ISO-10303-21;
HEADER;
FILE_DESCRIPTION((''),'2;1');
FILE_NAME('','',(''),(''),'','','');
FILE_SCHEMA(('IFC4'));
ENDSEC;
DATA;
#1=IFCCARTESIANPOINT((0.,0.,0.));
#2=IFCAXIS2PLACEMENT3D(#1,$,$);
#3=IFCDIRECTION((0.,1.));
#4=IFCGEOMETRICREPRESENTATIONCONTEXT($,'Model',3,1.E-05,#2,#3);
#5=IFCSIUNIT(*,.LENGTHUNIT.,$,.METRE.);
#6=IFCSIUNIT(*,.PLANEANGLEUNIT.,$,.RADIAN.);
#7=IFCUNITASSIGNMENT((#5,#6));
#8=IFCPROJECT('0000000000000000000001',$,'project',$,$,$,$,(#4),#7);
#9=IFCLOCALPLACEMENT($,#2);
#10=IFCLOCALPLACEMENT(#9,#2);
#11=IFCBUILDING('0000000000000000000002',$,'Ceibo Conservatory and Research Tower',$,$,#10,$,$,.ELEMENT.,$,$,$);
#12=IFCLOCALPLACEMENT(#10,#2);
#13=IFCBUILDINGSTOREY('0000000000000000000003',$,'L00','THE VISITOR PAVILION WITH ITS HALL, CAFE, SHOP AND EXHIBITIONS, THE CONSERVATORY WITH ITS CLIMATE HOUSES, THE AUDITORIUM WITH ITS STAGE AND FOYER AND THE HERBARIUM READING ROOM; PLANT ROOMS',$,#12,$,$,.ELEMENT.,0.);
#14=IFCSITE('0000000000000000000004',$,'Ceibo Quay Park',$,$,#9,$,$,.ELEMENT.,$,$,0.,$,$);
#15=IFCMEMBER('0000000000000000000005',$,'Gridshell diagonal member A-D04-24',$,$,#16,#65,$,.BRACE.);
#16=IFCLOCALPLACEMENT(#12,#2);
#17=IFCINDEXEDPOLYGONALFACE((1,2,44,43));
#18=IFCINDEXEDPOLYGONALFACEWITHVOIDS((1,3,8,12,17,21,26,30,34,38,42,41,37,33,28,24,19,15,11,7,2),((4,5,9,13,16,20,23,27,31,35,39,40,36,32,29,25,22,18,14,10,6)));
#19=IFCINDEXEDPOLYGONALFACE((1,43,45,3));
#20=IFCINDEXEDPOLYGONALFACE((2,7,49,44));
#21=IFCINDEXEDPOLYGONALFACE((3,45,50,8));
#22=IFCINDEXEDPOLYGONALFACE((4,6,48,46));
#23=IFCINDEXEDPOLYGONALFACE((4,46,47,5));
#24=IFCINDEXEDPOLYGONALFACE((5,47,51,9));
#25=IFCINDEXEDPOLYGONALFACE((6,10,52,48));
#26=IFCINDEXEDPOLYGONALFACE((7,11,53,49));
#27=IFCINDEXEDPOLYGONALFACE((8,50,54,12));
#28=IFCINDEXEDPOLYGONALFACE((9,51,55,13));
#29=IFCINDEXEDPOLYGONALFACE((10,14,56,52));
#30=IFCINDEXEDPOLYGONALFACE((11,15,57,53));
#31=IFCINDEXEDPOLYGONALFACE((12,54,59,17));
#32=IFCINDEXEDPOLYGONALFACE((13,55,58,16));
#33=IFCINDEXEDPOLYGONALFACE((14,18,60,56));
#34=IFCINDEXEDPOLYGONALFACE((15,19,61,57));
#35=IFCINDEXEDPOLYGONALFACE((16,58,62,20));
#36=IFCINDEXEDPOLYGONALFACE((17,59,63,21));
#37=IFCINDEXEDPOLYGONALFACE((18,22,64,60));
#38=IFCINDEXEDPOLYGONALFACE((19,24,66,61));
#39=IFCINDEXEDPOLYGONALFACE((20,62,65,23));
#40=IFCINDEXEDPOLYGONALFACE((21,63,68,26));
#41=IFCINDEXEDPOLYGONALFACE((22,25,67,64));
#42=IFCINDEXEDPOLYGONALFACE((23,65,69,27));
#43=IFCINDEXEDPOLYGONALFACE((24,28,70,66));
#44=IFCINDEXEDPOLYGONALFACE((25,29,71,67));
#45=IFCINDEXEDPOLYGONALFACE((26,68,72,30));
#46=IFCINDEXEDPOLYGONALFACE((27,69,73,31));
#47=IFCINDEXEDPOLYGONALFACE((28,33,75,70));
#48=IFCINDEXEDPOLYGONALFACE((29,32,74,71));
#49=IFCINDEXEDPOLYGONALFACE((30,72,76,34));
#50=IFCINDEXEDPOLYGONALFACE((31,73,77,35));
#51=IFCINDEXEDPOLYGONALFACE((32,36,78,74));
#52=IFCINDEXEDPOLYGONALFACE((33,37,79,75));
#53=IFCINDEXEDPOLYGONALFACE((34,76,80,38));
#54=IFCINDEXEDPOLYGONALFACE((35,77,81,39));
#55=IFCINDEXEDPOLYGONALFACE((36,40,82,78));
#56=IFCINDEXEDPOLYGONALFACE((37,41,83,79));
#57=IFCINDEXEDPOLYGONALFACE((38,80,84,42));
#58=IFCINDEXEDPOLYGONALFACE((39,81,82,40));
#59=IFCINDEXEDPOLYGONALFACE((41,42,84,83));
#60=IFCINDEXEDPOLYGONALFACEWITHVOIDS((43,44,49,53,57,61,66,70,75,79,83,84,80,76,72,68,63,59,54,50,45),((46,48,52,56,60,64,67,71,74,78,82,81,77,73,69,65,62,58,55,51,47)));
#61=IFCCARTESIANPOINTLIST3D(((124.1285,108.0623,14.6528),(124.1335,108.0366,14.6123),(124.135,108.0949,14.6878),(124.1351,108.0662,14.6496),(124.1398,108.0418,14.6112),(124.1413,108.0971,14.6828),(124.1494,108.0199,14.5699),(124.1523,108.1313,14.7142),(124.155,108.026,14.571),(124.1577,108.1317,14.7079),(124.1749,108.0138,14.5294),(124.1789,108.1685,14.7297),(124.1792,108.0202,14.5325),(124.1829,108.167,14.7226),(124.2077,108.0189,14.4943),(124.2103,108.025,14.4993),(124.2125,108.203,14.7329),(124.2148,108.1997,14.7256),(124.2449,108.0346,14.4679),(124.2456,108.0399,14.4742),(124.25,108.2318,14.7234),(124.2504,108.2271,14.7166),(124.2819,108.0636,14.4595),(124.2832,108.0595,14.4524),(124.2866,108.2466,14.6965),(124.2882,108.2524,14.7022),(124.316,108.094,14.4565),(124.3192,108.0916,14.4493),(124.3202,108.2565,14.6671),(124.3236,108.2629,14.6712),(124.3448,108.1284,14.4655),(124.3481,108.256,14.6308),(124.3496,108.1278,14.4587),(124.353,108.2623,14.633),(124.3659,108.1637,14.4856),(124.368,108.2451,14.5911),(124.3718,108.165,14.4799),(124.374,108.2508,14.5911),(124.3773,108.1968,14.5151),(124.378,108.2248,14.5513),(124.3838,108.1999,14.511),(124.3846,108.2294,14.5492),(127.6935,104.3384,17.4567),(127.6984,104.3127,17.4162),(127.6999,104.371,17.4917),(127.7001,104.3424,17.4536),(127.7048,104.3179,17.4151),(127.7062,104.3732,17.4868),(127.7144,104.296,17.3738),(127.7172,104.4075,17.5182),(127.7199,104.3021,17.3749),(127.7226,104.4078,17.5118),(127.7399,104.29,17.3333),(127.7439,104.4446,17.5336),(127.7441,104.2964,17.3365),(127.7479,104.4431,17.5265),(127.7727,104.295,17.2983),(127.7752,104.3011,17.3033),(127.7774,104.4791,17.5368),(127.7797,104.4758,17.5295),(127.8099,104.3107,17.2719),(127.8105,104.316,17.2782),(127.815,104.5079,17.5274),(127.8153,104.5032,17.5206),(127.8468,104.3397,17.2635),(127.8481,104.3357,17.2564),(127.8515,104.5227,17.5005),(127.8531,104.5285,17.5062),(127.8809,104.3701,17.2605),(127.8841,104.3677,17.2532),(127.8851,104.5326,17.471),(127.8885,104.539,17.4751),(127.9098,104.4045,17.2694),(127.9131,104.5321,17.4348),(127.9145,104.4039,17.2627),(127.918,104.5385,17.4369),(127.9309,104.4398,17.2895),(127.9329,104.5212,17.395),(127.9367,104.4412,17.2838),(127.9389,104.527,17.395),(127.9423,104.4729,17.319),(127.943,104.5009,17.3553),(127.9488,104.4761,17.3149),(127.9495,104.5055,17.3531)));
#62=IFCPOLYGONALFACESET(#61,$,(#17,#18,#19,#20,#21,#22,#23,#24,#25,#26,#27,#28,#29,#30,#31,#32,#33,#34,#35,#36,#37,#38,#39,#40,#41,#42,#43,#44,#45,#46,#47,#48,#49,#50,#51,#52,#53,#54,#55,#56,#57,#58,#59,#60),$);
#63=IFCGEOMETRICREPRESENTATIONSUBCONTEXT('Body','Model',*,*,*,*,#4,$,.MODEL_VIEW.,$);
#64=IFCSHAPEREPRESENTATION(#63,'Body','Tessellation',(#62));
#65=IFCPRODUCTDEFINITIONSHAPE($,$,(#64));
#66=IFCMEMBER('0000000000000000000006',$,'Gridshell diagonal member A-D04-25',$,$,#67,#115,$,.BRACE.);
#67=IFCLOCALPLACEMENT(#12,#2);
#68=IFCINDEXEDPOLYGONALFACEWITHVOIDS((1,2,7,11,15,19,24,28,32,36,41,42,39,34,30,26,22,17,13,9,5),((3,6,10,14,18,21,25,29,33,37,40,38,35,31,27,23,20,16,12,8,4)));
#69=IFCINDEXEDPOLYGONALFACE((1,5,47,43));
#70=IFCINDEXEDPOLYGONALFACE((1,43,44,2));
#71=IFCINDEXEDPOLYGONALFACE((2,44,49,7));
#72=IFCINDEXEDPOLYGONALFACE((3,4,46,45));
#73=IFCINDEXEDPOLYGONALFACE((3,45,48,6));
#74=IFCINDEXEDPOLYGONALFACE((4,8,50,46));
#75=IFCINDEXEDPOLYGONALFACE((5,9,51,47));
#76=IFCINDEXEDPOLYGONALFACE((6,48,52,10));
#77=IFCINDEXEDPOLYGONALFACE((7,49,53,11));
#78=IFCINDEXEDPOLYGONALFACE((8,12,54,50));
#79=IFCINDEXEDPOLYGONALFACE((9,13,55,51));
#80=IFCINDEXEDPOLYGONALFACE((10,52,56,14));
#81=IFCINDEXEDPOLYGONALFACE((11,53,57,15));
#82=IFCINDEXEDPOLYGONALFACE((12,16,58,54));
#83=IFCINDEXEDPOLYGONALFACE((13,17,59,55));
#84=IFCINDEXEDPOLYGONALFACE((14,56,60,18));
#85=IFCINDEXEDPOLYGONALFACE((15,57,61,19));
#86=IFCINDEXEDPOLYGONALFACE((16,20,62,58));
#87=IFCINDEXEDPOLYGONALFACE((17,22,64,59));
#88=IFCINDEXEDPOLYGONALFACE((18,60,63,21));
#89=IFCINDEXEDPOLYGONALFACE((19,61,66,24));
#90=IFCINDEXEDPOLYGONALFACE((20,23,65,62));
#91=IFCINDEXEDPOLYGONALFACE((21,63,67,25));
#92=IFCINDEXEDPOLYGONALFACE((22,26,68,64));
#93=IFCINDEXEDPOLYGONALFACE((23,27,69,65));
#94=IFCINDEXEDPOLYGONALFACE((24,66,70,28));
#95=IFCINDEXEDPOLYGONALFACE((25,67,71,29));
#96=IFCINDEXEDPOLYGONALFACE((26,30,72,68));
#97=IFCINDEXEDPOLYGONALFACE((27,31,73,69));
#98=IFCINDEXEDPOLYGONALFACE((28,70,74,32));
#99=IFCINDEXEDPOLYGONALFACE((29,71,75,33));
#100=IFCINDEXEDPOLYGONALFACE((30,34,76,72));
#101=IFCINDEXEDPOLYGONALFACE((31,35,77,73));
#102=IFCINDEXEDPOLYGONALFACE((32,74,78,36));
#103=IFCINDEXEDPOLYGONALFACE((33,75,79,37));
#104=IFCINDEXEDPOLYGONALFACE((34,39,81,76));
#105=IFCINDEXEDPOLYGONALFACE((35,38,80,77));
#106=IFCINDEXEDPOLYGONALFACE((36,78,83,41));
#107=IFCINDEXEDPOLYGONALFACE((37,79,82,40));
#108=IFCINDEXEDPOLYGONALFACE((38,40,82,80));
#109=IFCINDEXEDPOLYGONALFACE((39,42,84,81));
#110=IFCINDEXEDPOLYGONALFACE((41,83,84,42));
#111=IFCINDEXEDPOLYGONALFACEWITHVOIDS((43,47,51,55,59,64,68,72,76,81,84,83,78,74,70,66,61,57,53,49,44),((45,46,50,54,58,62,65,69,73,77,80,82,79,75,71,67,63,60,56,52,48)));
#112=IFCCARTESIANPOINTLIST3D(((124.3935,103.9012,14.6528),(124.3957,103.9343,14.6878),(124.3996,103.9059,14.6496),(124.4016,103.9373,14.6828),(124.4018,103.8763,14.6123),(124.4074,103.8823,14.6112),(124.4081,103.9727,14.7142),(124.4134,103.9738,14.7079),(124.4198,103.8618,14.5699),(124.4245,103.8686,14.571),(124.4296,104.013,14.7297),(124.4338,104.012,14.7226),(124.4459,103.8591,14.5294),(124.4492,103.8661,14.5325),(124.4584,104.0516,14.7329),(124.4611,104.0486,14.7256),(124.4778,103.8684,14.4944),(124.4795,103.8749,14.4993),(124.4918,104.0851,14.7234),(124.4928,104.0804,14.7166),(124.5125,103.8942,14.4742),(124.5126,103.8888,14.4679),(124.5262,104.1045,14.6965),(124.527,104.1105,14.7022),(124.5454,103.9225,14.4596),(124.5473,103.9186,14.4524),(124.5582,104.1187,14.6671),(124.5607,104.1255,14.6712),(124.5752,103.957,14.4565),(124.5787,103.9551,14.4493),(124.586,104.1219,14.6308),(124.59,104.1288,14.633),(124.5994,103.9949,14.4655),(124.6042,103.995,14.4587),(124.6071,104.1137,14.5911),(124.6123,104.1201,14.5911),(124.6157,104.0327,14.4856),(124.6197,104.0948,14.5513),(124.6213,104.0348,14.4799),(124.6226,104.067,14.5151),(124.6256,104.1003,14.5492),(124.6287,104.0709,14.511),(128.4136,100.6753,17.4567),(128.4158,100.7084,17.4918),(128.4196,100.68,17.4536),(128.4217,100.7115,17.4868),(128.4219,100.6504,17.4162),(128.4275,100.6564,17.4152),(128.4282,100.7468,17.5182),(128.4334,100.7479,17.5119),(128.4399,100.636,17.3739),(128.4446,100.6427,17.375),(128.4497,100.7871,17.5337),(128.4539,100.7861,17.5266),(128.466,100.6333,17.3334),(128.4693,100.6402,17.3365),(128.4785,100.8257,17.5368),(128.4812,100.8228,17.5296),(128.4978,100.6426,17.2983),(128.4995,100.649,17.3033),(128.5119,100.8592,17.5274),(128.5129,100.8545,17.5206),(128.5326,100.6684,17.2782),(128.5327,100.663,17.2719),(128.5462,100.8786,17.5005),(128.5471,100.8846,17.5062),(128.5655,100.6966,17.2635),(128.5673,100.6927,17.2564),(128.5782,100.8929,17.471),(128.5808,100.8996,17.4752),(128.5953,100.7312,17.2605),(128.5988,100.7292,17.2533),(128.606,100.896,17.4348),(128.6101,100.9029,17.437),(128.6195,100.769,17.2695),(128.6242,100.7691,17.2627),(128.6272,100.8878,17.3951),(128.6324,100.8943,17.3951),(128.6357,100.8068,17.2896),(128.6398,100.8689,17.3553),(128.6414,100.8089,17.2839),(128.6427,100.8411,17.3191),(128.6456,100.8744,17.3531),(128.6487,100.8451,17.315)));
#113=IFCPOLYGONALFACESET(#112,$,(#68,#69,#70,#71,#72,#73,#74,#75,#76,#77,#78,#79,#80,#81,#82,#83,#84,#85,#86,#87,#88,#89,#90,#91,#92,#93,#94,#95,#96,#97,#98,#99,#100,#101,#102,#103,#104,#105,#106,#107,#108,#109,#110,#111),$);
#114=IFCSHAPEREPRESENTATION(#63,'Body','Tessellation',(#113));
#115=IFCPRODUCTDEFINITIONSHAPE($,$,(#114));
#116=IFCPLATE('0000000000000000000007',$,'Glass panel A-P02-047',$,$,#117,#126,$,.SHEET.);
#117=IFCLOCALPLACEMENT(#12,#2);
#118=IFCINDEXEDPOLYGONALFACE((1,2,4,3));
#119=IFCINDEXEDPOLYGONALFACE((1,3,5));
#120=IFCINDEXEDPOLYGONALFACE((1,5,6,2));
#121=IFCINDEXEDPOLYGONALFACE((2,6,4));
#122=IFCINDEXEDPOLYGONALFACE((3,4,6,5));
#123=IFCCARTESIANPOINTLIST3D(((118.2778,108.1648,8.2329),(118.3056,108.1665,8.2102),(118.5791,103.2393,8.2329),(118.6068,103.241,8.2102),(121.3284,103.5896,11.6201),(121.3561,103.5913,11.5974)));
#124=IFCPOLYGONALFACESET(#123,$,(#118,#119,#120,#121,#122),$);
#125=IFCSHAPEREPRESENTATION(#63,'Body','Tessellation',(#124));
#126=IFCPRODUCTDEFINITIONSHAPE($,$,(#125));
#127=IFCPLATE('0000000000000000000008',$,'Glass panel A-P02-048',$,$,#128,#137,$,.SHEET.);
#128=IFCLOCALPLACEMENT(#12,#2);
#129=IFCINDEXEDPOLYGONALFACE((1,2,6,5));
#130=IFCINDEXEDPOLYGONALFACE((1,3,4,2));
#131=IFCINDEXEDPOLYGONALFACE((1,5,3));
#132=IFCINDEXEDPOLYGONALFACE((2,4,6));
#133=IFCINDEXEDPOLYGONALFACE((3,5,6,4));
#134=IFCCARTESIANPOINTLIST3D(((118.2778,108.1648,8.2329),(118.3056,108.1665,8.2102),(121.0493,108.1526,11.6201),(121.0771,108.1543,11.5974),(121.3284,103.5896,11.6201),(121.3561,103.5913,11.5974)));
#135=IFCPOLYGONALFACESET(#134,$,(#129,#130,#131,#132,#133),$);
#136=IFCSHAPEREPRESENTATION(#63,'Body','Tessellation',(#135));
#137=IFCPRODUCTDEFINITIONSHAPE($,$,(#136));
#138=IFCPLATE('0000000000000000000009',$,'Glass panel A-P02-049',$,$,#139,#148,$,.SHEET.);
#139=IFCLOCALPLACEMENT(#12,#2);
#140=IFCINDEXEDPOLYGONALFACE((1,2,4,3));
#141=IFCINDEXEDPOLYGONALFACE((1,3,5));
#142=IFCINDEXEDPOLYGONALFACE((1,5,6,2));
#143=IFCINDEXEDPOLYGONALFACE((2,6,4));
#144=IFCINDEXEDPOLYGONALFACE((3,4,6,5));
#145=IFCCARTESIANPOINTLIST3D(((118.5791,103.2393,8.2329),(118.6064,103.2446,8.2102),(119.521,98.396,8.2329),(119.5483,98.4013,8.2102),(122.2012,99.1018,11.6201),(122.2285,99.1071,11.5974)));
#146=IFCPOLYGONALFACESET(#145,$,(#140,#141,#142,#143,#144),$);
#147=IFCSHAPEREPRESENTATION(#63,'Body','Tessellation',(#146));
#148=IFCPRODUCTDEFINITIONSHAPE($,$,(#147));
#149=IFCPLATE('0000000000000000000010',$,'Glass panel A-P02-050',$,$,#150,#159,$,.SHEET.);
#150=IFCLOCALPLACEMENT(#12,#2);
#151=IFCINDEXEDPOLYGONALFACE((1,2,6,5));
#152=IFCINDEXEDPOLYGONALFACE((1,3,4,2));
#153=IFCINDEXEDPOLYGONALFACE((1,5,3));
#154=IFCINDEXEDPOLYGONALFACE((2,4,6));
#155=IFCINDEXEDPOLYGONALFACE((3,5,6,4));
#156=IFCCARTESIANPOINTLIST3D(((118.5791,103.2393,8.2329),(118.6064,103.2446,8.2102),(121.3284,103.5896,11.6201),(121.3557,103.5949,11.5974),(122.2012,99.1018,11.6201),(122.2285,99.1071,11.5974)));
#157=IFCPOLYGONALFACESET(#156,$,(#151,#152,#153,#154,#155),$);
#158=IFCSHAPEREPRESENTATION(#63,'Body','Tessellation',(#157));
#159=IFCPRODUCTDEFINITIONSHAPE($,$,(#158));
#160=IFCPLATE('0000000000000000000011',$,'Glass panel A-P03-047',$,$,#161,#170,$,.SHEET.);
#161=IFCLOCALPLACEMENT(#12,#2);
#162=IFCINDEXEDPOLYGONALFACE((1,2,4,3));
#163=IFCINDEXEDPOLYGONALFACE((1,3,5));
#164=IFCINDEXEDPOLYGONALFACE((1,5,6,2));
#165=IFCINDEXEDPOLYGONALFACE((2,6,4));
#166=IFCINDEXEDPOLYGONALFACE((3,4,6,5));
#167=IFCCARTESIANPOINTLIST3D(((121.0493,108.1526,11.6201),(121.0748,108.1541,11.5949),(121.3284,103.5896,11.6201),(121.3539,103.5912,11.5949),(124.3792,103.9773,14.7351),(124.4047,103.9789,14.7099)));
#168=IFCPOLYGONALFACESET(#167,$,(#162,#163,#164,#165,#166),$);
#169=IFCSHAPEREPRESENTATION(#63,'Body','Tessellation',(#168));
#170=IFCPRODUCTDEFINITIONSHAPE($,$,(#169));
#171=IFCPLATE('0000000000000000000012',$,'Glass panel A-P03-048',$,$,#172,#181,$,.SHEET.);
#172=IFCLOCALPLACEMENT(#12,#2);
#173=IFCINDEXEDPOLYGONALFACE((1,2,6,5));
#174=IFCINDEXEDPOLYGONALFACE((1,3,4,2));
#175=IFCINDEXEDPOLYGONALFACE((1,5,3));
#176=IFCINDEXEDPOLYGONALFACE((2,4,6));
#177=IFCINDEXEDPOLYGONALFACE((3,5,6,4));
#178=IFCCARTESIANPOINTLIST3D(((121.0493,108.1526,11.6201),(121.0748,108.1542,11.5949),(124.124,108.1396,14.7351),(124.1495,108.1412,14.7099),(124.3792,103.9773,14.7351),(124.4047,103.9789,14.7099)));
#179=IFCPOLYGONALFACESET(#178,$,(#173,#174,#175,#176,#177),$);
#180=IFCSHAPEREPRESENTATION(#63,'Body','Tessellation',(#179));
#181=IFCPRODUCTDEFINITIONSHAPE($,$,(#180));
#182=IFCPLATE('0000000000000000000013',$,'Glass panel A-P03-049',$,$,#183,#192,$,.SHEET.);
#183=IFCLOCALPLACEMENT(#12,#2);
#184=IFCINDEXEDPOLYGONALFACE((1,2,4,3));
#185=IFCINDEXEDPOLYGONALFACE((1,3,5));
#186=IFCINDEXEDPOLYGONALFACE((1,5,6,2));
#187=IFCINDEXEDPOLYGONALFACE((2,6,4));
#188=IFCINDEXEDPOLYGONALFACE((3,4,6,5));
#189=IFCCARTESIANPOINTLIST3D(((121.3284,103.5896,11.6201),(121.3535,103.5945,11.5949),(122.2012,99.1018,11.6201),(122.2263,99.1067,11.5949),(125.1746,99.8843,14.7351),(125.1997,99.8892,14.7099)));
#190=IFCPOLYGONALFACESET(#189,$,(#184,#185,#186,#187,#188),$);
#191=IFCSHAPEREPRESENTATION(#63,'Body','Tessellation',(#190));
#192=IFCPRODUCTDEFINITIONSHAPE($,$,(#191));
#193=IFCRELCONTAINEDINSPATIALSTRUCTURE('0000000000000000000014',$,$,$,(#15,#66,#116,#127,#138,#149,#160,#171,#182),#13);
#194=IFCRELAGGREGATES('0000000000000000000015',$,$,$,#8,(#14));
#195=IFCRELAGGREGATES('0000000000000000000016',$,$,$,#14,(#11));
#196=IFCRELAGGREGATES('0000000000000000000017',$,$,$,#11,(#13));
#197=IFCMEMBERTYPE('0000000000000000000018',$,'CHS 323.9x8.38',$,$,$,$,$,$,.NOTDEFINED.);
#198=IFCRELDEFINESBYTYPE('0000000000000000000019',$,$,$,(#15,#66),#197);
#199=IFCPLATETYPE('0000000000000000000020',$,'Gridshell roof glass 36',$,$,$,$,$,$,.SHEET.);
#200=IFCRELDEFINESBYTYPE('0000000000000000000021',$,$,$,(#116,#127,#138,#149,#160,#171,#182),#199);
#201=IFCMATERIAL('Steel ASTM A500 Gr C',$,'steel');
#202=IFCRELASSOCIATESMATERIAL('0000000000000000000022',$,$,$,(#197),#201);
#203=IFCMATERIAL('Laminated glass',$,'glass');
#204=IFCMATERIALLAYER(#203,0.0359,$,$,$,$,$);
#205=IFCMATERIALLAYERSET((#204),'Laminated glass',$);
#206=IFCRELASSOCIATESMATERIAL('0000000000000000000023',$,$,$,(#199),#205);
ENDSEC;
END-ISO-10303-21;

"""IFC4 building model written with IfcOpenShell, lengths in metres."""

from ifc_helpers import new_model, si_unit, direction, frame, origin, origin_2d, place, context, subcontext, project, spatial, polyline, hollow_circle, outline, extrude, material, layer, layer_set, material_profile, profile_set, type_object, element, save


model = new_model("IFC4")

# Units and contexts
model_context = context("Model", 3, precision=1e-05, world=origin(), true_north=direction((0.0, 1.0)))
body_context = subcontext(model_context, "Body", "Model", "MODEL_VIEW")
ifc_project = project(units=[si_unit("LENGTHUNIT", "METRE"), si_unit("PLANEANGLEUNIT", "RADIAN")], contexts=[model_context])

# Site, building, storey
site_placement = place(None, origin())
site = spatial("IfcSite", under=ifc_project, at=site_placement, Name="Ceibo Quay Park", CompositionType="ELEMENT", RefElevation=0.0)
building_placement = place(site_placement, origin())
building = spatial("IfcBuilding", under=site, at=building_placement, Name="Ceibo Conservatory and Research Tower", CompositionType="ELEMENT")
storey_placement = place(building_placement, origin())
storey = spatial("IfcBuildingStorey", under=building, at=storey_placement, Name="L00", Description="THE VISITOR PAVILION WITH ITS HALL, CAFE, SHOP AND EXHIBITIONS, THE CONSERVATORY WITH ITS CLIMATE HOUSES, THE AUDITORIUM WITH ITS STAGE AND FOYER AND THE HERBARIUM READING ROOM; PLANT ROOMS", CompositionType="ELEMENT", Elevation=0.0)

# Members
ifc_material_1 = material(Name="Steel ASTM A500 Gr C", Category="steel")
ifc_material_profile_1 = material_profile(ifc_material_1, hollow_circle(Radius=0.1619, WallThickness=0.0083, at=origin_2d()), Name="CHS 323.9x8.38")
ifc_profile_set_1 = profile_set([ifc_material_profile_1], Name="Steel ASTM A500 Gr C")
member_type_1 = type_object("IfcMemberType", Name="CHS 323.9x8.38", PredefinedType="NOTDEFINED", material=ifc_profile_set_1)
member_1_placement = place(storey_placement, frame((124.2571, 108.1389, 14.5911), z_axis=(0.60748, -0.634563, 0.477805), x_axis=(0.722354, 0.691524, 0.0)))
element("IfcMember", 1, at=member_1_placement, inside=storey, type_object=member_type_1, Name="Gridshell diagonal member A-D04-24", PredefinedType="BRACE", context=body_context, shape_type="SweptSolid", body=[
    extrude(hollow_circle(Radius=0.1619, WallThickness=0.0083, at=origin_2d()), origin(), (0.0, 0.0, 1.0), 5.8684),
])
member_2_placement = place(storey_placement, frame((124.511, 103.9939, 14.5911), z_axis=(0.685122, -0.54977, 0.477871), x_axis=(0.625855, 0.779939, 0.0)))
element("IfcMember", 2, at=member_2_placement, inside=storey, type_object=member_type_1, Name="Gridshell diagonal member A-D04-25", PredefinedType="BRACE", context=body_context, shape_type="SweptSolid", body=[
    extrude(hollow_circle(Radius=0.1619, WallThickness=0.0083, at=origin_2d()), origin(), (0.0, 0.0, 1.0), 5.8677),
])

# Plates
ifc_material_2 = material(Name="Laminated glass", Category="glass")
ifc_layer = layer(ifc_material_2, 0.0359)
ifc_layer_set = layer_set([ifc_layer], Name="Laminated glass")
plate_type = type_object("IfcPlateType", Name="Gridshell roof glass 36", PredefinedType="SHEET", material=ifc_layer_set)
plate_1_placement = place(storey_placement, frame((118.2778, 108.1648, 8.2329), z_axis=(-0.773165, -0.04729, 0.63244), x_axis=(0.061051, -0.998135, 0.0)))
element("IfcPlate", 3, at=plate_1_placement, inside=storey, type_object=plate_type, Name="Glass panel A-P02-047", PredefinedType="SHEET", context=body_context, shape_type="SweptSolid", body=[
    extrude(outline(polyline([(0.0, 0.0), (4.9347, 0.0), (4.7529, 4.3728), (0.0, 0.0)])), origin(), (0.0, 0.0, -1.0), 0.0359),
])
plate_2_placement = place(storey_placement, frame((118.2778, 108.1648, 8.2329), z_axis=(-0.77316, -0.047283, 0.632446), x_axis=(0.472334, -0.708406, 0.524463)))
element("IfcPlate", 4, at=plate_2_placement, inside=storey, type_object=plate_type, Name="Glass panel A-P02-048", PredefinedType="SHEET", context=body_context, shape_type="SweptSolid", body=[
    extrude(outline(polyline([(0.0, 0.0), (6.4584, 0.0), (3.0942, 3.0952), (0.0, 0.0)])), origin(), (0.0, 0.0, -1.0), 0.0359),
])
plate_3_placement = place(storey_placement, frame((118.5791, 103.2393, 8.2329), z_axis=(-0.760354, -0.14787, 0.632453), x_axis=(0.190899, -0.98161, 0.0)))
element("IfcPlate", 5, at=plate_3_placement, inside=storey, type_object=plate_type, Name="Glass panel A-P02-049", PredefinedType="SHEET", context=body_context, shape_type="SweptSolid", body=[
    extrude(outline(polyline([(0.0, 0.0), (4.934, 0.0), (4.7528, 4.3729), (0.0, 0.0)])), origin(), (0.0, 0.0, -1.0), 0.0359),
])
plate_4_placement = place(storey_placement, frame((118.5791, 103.2393, 8.2329), z_axis=(-0.760357, -0.147877, 0.632448), x_axis=(0.56083, -0.64063, 0.524464)))
element("IfcPlate", 6, at=plate_4_placement, inside=storey, type_object=plate_type, Name="Glass panel A-P02-050", PredefinedType="SHEET", context=body_context, shape_type="SweptSolid", body=[
    extrude(outline(polyline([(0.0, 0.0), (6.4584, 0.0), (3.0939, 3.0955), (0.0, 0.0)])), origin(), (0.0, 0.0, -1.0), 0.0359),
])
plate_5_placement = place(storey_placement, frame((121.0493, 108.1526, 11.6201), z_axis=(-0.711045, -0.043484, 0.701801), x_axis=(0.061042, -0.998135, 0.0)))
element("IfcPlate", 7, at=plate_5_placement, inside=storey, type_object=plate_type, Name="Glass panel A-P03-047", PredefinedType="SHEET", context=body_context, shape_type="SweptSolid", body=[
    extrude(outline(polyline([(0.0, 0.0), (4.5715, 0.0), (4.3708, 4.3727), (0.0, 0.0)])), origin(), (0.0, 0.0, -1.0), 0.0359),
])
plate_6_placement = place(storey_placement, frame((121.0493, 108.1526, 11.6201), z_axis=(-0.711108, -0.043587, 0.701731), x_axis=(0.538585, -0.675334, 0.503835)))
element("IfcPlate", 8, at=plate_6_placement, inside=storey, type_object=plate_type, Name="Glass panel A-P03-048", PredefinedType="SHEET", context=body_context, shape_type="SweptSolid", body=[
    extrude(outline(polyline([(0.0, 0.0), (6.1826, 0.0), (3.2342, 2.9491), (0.0, 0.0)])), origin(), (0.0, 0.0, -1.0), 0.0359),
])
plate_7_placement = place(storey_placement, frame((121.3284, 103.5896, 11.6201), z_axis=(-0.699348, -0.136012, 0.701722), x_axis=(0.190907, -0.981608, 0.0)))
element("IfcPlate", 9, at=plate_7_placement, inside=storey, type_object=plate_type, Name="Glass panel A-P03-049", PredefinedType="SHEET", context=body_context, shape_type="SweptSolid", body=[
    extrude(outline(polyline([(0.0, 0.0), (4.5719, 0.0), (4.3714, 4.3722), (0.0, 0.0)])), origin(), (0.0, 0.0, -1.0), 0.0359),
])

save(model, "model.ifc")
